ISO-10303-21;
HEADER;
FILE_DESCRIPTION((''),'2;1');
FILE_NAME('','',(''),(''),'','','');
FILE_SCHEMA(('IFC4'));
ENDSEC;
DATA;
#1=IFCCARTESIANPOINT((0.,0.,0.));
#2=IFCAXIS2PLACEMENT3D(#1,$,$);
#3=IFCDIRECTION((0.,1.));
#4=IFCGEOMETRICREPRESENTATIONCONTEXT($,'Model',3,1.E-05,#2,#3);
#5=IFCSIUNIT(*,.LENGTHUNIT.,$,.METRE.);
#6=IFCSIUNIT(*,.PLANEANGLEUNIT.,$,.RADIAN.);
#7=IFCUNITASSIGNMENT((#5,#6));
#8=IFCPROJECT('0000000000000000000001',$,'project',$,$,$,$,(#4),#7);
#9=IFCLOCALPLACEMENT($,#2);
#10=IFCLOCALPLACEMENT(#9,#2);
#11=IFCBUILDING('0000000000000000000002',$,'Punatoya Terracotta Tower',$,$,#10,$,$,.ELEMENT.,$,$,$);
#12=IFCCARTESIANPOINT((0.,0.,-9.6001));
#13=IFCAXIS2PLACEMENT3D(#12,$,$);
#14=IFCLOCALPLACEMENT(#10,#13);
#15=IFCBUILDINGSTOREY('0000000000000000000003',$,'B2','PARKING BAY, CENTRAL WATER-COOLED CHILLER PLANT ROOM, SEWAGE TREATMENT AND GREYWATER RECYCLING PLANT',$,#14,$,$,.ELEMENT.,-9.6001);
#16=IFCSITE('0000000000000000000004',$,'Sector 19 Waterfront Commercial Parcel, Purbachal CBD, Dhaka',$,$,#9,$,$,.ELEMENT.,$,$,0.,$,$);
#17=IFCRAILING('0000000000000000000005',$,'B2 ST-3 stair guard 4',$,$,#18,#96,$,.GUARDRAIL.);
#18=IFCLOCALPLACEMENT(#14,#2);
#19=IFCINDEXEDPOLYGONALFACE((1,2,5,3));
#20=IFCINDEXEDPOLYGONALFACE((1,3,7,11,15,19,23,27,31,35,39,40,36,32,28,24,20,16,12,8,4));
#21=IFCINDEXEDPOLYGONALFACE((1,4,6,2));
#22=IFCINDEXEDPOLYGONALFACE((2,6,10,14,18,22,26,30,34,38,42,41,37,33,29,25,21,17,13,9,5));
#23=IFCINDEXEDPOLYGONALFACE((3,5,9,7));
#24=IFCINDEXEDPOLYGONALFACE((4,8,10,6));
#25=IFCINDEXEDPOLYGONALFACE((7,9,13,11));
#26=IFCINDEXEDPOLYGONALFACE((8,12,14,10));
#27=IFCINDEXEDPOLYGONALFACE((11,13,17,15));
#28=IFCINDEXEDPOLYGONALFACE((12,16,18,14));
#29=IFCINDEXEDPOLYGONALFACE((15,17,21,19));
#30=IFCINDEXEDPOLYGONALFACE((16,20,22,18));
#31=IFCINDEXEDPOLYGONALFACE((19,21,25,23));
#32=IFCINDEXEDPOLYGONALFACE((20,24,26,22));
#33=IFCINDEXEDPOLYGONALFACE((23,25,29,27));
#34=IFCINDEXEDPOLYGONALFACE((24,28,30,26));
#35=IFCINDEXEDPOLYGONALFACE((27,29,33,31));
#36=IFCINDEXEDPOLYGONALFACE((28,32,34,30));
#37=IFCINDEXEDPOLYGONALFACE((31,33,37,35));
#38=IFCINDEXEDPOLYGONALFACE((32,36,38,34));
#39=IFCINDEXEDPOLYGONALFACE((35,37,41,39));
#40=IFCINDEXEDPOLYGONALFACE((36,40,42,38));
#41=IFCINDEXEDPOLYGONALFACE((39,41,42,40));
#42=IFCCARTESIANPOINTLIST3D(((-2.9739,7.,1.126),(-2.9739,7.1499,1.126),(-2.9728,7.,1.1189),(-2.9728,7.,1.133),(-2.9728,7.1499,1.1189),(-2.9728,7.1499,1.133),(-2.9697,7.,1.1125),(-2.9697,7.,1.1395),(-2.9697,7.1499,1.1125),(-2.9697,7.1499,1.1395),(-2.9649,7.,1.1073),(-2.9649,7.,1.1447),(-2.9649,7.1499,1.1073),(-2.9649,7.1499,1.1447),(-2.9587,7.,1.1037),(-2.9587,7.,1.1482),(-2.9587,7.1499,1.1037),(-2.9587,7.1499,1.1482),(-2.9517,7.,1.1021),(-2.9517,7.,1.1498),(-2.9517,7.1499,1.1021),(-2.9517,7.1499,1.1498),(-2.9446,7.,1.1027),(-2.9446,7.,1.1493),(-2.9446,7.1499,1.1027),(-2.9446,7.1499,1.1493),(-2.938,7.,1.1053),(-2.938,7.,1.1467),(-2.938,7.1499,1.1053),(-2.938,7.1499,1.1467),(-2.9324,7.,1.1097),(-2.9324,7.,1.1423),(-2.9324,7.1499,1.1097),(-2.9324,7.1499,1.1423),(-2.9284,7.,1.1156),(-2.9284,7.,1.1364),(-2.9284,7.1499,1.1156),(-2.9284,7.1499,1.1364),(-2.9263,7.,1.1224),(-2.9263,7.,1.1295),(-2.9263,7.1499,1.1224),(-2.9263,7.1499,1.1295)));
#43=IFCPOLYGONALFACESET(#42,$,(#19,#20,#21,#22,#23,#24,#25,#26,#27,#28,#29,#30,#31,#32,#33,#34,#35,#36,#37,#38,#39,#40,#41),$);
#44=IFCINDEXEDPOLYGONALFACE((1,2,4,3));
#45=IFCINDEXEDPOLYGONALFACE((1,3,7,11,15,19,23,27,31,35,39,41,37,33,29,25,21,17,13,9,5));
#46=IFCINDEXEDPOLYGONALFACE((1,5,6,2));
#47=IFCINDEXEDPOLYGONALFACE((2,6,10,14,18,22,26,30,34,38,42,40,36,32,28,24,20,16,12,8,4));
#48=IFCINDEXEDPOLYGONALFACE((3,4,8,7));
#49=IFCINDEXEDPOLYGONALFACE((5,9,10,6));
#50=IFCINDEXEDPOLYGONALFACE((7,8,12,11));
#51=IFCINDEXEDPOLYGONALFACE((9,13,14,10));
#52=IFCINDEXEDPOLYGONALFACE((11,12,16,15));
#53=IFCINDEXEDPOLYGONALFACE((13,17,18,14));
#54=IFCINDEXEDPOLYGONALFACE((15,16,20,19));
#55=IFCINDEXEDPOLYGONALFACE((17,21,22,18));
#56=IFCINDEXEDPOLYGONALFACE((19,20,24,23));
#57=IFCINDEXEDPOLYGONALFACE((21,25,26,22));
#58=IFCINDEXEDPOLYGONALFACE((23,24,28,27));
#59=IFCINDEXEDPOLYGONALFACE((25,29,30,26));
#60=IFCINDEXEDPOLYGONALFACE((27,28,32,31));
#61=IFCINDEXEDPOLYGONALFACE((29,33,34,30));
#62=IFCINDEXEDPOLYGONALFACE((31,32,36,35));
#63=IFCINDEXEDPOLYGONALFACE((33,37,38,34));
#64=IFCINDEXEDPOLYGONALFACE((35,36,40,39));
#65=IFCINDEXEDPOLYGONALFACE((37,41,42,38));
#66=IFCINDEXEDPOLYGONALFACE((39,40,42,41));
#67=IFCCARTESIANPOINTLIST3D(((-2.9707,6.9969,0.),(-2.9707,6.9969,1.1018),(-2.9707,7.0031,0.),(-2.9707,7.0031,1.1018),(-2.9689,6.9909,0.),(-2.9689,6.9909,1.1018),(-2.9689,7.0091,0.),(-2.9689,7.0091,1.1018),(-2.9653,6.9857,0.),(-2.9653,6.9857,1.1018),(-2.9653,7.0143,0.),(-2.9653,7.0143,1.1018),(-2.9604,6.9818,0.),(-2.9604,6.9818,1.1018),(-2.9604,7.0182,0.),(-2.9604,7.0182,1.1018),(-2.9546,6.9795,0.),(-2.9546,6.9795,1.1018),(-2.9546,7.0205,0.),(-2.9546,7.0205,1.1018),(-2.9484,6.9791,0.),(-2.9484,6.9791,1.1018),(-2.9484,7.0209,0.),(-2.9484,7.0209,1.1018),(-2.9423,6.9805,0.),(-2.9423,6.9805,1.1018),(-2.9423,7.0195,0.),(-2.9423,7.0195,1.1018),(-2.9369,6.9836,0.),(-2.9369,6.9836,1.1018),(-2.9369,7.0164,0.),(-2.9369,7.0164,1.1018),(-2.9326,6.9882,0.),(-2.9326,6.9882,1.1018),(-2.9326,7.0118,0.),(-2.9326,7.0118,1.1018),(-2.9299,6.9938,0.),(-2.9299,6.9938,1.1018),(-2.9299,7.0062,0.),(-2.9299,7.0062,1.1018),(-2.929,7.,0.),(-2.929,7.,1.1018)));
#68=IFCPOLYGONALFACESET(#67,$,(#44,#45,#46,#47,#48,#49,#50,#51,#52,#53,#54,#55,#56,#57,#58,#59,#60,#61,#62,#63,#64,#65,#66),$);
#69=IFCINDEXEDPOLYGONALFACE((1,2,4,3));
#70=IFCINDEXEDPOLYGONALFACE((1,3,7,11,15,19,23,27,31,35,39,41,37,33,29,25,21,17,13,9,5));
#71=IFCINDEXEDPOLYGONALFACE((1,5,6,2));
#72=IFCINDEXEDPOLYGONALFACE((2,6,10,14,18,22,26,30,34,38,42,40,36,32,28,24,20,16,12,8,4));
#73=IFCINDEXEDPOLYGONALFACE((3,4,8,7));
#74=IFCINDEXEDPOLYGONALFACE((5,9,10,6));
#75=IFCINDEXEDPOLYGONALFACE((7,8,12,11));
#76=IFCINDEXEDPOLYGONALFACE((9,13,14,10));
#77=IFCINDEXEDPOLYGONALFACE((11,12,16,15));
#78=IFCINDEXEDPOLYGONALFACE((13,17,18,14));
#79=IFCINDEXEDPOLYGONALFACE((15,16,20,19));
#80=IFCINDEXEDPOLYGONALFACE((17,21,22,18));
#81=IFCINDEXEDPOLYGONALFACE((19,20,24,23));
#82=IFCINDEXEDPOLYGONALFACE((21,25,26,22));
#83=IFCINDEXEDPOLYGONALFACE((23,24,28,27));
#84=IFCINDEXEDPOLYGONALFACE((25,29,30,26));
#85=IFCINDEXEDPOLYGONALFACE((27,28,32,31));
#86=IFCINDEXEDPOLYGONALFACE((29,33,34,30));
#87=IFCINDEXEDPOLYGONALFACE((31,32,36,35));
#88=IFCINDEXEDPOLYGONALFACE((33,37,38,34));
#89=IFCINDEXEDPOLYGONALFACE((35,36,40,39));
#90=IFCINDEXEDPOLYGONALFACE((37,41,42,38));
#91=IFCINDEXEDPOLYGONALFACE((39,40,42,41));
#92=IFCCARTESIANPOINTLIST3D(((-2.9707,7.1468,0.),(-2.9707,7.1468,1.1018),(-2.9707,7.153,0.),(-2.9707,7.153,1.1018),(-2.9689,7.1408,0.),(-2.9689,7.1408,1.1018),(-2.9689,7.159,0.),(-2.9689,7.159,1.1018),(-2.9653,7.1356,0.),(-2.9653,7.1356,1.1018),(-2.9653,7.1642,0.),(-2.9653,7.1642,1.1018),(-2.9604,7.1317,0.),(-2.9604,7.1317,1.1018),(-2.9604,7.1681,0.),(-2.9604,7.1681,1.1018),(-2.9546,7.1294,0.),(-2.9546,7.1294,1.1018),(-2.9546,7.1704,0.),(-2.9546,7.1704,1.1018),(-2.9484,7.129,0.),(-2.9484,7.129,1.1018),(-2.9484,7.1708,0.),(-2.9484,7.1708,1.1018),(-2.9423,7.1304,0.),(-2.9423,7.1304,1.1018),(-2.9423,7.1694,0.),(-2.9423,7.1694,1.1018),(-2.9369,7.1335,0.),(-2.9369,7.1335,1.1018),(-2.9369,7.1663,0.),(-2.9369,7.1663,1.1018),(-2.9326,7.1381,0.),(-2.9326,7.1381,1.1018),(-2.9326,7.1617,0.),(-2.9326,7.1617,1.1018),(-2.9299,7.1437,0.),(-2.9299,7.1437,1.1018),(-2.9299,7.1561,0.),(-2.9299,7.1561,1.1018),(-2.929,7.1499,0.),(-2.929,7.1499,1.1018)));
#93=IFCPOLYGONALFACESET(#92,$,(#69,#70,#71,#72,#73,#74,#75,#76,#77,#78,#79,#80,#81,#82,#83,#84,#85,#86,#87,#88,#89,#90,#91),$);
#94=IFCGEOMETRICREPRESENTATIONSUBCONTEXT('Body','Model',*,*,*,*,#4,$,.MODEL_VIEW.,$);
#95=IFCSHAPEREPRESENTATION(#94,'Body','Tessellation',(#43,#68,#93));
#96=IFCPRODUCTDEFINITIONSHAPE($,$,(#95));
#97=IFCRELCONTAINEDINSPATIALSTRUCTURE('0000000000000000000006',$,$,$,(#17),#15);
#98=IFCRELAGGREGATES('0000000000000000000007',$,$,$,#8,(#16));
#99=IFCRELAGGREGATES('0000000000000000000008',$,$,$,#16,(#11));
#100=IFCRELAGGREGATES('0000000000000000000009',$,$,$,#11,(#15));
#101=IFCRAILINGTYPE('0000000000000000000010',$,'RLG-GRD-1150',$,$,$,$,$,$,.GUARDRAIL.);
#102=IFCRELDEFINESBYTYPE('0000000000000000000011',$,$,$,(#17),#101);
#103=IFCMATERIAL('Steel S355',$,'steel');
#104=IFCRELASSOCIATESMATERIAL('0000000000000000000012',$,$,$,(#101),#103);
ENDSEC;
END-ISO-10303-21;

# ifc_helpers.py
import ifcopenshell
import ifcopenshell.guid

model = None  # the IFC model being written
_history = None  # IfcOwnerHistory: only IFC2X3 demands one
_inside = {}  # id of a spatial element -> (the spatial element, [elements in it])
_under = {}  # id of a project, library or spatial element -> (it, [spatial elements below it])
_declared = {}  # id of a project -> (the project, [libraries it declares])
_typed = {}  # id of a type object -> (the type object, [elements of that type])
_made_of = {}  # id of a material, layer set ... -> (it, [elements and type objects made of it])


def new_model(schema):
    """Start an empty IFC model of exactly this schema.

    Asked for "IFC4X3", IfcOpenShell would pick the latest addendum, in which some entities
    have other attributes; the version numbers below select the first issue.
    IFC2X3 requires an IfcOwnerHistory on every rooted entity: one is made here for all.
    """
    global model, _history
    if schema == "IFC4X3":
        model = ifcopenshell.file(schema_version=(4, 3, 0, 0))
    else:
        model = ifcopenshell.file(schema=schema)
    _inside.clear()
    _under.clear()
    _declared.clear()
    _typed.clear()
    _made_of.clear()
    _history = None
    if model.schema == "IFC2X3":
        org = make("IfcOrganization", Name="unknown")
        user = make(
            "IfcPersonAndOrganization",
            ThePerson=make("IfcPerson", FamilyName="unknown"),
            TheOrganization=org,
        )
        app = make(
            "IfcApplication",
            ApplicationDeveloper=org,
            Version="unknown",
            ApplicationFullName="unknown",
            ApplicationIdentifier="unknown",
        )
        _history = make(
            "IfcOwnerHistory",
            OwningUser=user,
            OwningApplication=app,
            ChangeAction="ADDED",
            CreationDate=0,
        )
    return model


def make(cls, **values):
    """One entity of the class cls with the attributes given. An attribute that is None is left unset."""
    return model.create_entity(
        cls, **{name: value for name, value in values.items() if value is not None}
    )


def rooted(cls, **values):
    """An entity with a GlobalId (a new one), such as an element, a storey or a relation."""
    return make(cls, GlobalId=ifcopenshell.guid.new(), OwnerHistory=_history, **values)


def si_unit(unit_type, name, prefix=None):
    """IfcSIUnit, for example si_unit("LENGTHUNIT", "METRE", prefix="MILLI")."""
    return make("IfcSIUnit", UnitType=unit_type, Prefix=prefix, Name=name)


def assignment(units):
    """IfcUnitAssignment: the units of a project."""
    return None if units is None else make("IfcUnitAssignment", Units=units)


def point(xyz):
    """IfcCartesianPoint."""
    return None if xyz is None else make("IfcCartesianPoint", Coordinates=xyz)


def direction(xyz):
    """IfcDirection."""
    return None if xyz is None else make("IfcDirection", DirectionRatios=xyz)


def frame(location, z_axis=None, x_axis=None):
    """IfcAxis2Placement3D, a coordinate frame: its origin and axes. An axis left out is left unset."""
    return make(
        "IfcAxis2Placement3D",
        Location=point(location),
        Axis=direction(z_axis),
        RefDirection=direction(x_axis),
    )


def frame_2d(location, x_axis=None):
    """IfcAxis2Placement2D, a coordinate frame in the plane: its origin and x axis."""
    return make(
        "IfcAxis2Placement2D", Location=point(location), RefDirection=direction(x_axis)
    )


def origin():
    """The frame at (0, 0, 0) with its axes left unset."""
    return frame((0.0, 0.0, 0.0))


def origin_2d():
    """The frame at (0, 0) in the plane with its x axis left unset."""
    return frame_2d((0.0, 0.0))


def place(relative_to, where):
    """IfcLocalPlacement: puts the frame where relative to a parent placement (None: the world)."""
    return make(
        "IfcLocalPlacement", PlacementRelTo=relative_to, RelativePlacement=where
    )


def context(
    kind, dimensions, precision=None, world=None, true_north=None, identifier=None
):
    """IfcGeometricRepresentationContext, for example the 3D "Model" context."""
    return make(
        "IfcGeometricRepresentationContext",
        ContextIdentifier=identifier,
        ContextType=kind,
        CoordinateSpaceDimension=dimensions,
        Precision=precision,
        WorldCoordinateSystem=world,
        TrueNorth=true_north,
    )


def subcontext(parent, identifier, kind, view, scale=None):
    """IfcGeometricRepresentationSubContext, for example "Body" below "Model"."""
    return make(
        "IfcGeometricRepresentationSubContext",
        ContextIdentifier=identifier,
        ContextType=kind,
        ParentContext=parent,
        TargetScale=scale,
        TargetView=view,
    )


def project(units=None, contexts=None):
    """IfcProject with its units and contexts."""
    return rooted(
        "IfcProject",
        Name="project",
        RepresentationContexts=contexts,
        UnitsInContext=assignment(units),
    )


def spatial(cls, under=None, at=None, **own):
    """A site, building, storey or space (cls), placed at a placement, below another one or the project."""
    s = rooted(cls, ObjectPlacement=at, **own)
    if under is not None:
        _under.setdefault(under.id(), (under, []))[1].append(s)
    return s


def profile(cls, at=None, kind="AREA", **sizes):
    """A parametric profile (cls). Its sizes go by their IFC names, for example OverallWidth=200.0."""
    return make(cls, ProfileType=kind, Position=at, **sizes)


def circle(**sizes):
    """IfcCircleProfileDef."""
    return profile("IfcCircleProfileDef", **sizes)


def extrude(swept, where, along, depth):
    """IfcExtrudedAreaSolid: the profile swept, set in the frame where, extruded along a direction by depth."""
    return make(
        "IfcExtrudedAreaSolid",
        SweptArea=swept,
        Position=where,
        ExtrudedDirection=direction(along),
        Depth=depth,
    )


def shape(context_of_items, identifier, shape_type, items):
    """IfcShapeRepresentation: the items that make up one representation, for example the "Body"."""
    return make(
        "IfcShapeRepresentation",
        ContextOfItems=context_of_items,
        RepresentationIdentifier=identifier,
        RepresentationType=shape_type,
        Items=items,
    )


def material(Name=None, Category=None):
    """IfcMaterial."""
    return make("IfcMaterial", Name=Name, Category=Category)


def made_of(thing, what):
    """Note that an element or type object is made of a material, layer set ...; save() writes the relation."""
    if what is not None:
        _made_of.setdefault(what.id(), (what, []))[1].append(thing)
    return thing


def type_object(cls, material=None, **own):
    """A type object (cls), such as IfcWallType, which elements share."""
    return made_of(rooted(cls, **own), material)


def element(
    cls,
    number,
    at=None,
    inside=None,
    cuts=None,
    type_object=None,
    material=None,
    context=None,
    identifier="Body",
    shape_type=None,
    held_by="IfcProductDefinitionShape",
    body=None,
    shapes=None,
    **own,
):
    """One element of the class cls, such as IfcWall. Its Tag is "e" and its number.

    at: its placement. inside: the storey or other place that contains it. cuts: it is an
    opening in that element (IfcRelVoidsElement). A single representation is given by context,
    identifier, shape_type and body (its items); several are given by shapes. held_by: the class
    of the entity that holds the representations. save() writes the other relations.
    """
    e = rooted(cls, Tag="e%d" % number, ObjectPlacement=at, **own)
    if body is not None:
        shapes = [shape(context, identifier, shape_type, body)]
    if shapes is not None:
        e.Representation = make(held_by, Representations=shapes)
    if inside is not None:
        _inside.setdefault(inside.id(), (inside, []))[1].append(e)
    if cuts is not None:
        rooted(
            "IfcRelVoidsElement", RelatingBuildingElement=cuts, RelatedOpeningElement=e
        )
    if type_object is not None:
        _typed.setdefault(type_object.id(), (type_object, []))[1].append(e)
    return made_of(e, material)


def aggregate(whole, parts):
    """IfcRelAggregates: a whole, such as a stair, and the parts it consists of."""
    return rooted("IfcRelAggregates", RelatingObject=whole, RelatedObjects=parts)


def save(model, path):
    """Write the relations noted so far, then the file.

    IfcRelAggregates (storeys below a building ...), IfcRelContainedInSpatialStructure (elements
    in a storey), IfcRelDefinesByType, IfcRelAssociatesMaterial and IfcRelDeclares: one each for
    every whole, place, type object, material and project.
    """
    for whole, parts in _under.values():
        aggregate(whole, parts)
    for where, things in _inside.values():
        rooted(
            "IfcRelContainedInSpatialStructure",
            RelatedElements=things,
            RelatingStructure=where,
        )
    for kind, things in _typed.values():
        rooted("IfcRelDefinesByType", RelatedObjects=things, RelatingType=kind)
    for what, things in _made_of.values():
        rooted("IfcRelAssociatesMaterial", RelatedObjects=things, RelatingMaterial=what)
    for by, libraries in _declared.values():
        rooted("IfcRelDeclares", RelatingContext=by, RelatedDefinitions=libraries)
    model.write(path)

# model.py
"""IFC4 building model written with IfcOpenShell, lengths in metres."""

from ifc_helpers import new_model, si_unit, direction, frame, origin, origin_2d, place, context, subcontext, project, spatial, circle, extrude, material, type_object, element, save


model = new_model("IFC4")

# Units and contexts
model_context = context("Model", 3, precision=1e-05, world=origin(), true_north=direction((0.0, 1.0)))
body_context = subcontext(model_context, "Body", "Model", "MODEL_VIEW")
ifc_project = project(units=[si_unit("LENGTHUNIT", "METRE"), si_unit("PLANEANGLEUNIT", "RADIAN")], contexts=[model_context])

# Site, building, storey
site_placement = place(None, origin())
site = spatial("IfcSite", under=ifc_project, at=site_placement, Name="Sector 19 Waterfront Commercial Parcel, Purbachal CBD, Dhaka", CompositionType="ELEMENT", RefElevation=0.0)
building_placement = place(site_placement, origin())
building = spatial("IfcBuilding", under=site, at=building_placement, Name="Punatoya Terracotta Tower", CompositionType="ELEMENT")
storey_placement = place(building_placement, frame((0.0, 0.0, -9.6001)))
storey = spatial("IfcBuildingStorey", under=building, at=storey_placement, Name="B2", Description="PARKING BAY, CENTRAL WATER-COOLED CHILLER PLANT ROOM, SEWAGE TREATMENT AND GREYWATER RECYCLING PLANT", CompositionType="ELEMENT", Elevation=-9.6001)

# Shared definitions
ifc_material_1 = material(Name="Steel S355", Category="steel")

# Railing
railing_type_1 = type_object("IfcRailingType", Name="RLG-GRD-1150", PredefinedType="GUARDRAIL", material=ifc_material_1)
railing_1_placement = place(storey_placement, frame((-2.95, 7.0, 0.0)))
element("IfcRailing", 1, at=railing_1_placement, inside=storey, type_object=railing_type_1, Name="B2 ST-3 stair guard 4", PredefinedType="GUARDRAIL", context=body_context, shape_type="SweptSolid", body=[
    extrude(circle(Radius=0.0239, at=origin_2d()), frame((0.0, 0.0, 1.126), z_axis=(0.0, 1.0, 0.0), x_axis=(-1.0, 0.0, 0.0)), (0.0, 0.0, 1.0), 0.1499),
    extrude(circle(Radius=0.021, at=origin_2d()), origin(), (0.0, 0.0, 1.0), 1.1018),
    extrude(circle(Radius=0.021, at=origin_2d()), frame((0.0, 0.1499, 0.0)), (0.0, 0.0, 1.0), 1.1018),
])

save(model, "model.ifc")
